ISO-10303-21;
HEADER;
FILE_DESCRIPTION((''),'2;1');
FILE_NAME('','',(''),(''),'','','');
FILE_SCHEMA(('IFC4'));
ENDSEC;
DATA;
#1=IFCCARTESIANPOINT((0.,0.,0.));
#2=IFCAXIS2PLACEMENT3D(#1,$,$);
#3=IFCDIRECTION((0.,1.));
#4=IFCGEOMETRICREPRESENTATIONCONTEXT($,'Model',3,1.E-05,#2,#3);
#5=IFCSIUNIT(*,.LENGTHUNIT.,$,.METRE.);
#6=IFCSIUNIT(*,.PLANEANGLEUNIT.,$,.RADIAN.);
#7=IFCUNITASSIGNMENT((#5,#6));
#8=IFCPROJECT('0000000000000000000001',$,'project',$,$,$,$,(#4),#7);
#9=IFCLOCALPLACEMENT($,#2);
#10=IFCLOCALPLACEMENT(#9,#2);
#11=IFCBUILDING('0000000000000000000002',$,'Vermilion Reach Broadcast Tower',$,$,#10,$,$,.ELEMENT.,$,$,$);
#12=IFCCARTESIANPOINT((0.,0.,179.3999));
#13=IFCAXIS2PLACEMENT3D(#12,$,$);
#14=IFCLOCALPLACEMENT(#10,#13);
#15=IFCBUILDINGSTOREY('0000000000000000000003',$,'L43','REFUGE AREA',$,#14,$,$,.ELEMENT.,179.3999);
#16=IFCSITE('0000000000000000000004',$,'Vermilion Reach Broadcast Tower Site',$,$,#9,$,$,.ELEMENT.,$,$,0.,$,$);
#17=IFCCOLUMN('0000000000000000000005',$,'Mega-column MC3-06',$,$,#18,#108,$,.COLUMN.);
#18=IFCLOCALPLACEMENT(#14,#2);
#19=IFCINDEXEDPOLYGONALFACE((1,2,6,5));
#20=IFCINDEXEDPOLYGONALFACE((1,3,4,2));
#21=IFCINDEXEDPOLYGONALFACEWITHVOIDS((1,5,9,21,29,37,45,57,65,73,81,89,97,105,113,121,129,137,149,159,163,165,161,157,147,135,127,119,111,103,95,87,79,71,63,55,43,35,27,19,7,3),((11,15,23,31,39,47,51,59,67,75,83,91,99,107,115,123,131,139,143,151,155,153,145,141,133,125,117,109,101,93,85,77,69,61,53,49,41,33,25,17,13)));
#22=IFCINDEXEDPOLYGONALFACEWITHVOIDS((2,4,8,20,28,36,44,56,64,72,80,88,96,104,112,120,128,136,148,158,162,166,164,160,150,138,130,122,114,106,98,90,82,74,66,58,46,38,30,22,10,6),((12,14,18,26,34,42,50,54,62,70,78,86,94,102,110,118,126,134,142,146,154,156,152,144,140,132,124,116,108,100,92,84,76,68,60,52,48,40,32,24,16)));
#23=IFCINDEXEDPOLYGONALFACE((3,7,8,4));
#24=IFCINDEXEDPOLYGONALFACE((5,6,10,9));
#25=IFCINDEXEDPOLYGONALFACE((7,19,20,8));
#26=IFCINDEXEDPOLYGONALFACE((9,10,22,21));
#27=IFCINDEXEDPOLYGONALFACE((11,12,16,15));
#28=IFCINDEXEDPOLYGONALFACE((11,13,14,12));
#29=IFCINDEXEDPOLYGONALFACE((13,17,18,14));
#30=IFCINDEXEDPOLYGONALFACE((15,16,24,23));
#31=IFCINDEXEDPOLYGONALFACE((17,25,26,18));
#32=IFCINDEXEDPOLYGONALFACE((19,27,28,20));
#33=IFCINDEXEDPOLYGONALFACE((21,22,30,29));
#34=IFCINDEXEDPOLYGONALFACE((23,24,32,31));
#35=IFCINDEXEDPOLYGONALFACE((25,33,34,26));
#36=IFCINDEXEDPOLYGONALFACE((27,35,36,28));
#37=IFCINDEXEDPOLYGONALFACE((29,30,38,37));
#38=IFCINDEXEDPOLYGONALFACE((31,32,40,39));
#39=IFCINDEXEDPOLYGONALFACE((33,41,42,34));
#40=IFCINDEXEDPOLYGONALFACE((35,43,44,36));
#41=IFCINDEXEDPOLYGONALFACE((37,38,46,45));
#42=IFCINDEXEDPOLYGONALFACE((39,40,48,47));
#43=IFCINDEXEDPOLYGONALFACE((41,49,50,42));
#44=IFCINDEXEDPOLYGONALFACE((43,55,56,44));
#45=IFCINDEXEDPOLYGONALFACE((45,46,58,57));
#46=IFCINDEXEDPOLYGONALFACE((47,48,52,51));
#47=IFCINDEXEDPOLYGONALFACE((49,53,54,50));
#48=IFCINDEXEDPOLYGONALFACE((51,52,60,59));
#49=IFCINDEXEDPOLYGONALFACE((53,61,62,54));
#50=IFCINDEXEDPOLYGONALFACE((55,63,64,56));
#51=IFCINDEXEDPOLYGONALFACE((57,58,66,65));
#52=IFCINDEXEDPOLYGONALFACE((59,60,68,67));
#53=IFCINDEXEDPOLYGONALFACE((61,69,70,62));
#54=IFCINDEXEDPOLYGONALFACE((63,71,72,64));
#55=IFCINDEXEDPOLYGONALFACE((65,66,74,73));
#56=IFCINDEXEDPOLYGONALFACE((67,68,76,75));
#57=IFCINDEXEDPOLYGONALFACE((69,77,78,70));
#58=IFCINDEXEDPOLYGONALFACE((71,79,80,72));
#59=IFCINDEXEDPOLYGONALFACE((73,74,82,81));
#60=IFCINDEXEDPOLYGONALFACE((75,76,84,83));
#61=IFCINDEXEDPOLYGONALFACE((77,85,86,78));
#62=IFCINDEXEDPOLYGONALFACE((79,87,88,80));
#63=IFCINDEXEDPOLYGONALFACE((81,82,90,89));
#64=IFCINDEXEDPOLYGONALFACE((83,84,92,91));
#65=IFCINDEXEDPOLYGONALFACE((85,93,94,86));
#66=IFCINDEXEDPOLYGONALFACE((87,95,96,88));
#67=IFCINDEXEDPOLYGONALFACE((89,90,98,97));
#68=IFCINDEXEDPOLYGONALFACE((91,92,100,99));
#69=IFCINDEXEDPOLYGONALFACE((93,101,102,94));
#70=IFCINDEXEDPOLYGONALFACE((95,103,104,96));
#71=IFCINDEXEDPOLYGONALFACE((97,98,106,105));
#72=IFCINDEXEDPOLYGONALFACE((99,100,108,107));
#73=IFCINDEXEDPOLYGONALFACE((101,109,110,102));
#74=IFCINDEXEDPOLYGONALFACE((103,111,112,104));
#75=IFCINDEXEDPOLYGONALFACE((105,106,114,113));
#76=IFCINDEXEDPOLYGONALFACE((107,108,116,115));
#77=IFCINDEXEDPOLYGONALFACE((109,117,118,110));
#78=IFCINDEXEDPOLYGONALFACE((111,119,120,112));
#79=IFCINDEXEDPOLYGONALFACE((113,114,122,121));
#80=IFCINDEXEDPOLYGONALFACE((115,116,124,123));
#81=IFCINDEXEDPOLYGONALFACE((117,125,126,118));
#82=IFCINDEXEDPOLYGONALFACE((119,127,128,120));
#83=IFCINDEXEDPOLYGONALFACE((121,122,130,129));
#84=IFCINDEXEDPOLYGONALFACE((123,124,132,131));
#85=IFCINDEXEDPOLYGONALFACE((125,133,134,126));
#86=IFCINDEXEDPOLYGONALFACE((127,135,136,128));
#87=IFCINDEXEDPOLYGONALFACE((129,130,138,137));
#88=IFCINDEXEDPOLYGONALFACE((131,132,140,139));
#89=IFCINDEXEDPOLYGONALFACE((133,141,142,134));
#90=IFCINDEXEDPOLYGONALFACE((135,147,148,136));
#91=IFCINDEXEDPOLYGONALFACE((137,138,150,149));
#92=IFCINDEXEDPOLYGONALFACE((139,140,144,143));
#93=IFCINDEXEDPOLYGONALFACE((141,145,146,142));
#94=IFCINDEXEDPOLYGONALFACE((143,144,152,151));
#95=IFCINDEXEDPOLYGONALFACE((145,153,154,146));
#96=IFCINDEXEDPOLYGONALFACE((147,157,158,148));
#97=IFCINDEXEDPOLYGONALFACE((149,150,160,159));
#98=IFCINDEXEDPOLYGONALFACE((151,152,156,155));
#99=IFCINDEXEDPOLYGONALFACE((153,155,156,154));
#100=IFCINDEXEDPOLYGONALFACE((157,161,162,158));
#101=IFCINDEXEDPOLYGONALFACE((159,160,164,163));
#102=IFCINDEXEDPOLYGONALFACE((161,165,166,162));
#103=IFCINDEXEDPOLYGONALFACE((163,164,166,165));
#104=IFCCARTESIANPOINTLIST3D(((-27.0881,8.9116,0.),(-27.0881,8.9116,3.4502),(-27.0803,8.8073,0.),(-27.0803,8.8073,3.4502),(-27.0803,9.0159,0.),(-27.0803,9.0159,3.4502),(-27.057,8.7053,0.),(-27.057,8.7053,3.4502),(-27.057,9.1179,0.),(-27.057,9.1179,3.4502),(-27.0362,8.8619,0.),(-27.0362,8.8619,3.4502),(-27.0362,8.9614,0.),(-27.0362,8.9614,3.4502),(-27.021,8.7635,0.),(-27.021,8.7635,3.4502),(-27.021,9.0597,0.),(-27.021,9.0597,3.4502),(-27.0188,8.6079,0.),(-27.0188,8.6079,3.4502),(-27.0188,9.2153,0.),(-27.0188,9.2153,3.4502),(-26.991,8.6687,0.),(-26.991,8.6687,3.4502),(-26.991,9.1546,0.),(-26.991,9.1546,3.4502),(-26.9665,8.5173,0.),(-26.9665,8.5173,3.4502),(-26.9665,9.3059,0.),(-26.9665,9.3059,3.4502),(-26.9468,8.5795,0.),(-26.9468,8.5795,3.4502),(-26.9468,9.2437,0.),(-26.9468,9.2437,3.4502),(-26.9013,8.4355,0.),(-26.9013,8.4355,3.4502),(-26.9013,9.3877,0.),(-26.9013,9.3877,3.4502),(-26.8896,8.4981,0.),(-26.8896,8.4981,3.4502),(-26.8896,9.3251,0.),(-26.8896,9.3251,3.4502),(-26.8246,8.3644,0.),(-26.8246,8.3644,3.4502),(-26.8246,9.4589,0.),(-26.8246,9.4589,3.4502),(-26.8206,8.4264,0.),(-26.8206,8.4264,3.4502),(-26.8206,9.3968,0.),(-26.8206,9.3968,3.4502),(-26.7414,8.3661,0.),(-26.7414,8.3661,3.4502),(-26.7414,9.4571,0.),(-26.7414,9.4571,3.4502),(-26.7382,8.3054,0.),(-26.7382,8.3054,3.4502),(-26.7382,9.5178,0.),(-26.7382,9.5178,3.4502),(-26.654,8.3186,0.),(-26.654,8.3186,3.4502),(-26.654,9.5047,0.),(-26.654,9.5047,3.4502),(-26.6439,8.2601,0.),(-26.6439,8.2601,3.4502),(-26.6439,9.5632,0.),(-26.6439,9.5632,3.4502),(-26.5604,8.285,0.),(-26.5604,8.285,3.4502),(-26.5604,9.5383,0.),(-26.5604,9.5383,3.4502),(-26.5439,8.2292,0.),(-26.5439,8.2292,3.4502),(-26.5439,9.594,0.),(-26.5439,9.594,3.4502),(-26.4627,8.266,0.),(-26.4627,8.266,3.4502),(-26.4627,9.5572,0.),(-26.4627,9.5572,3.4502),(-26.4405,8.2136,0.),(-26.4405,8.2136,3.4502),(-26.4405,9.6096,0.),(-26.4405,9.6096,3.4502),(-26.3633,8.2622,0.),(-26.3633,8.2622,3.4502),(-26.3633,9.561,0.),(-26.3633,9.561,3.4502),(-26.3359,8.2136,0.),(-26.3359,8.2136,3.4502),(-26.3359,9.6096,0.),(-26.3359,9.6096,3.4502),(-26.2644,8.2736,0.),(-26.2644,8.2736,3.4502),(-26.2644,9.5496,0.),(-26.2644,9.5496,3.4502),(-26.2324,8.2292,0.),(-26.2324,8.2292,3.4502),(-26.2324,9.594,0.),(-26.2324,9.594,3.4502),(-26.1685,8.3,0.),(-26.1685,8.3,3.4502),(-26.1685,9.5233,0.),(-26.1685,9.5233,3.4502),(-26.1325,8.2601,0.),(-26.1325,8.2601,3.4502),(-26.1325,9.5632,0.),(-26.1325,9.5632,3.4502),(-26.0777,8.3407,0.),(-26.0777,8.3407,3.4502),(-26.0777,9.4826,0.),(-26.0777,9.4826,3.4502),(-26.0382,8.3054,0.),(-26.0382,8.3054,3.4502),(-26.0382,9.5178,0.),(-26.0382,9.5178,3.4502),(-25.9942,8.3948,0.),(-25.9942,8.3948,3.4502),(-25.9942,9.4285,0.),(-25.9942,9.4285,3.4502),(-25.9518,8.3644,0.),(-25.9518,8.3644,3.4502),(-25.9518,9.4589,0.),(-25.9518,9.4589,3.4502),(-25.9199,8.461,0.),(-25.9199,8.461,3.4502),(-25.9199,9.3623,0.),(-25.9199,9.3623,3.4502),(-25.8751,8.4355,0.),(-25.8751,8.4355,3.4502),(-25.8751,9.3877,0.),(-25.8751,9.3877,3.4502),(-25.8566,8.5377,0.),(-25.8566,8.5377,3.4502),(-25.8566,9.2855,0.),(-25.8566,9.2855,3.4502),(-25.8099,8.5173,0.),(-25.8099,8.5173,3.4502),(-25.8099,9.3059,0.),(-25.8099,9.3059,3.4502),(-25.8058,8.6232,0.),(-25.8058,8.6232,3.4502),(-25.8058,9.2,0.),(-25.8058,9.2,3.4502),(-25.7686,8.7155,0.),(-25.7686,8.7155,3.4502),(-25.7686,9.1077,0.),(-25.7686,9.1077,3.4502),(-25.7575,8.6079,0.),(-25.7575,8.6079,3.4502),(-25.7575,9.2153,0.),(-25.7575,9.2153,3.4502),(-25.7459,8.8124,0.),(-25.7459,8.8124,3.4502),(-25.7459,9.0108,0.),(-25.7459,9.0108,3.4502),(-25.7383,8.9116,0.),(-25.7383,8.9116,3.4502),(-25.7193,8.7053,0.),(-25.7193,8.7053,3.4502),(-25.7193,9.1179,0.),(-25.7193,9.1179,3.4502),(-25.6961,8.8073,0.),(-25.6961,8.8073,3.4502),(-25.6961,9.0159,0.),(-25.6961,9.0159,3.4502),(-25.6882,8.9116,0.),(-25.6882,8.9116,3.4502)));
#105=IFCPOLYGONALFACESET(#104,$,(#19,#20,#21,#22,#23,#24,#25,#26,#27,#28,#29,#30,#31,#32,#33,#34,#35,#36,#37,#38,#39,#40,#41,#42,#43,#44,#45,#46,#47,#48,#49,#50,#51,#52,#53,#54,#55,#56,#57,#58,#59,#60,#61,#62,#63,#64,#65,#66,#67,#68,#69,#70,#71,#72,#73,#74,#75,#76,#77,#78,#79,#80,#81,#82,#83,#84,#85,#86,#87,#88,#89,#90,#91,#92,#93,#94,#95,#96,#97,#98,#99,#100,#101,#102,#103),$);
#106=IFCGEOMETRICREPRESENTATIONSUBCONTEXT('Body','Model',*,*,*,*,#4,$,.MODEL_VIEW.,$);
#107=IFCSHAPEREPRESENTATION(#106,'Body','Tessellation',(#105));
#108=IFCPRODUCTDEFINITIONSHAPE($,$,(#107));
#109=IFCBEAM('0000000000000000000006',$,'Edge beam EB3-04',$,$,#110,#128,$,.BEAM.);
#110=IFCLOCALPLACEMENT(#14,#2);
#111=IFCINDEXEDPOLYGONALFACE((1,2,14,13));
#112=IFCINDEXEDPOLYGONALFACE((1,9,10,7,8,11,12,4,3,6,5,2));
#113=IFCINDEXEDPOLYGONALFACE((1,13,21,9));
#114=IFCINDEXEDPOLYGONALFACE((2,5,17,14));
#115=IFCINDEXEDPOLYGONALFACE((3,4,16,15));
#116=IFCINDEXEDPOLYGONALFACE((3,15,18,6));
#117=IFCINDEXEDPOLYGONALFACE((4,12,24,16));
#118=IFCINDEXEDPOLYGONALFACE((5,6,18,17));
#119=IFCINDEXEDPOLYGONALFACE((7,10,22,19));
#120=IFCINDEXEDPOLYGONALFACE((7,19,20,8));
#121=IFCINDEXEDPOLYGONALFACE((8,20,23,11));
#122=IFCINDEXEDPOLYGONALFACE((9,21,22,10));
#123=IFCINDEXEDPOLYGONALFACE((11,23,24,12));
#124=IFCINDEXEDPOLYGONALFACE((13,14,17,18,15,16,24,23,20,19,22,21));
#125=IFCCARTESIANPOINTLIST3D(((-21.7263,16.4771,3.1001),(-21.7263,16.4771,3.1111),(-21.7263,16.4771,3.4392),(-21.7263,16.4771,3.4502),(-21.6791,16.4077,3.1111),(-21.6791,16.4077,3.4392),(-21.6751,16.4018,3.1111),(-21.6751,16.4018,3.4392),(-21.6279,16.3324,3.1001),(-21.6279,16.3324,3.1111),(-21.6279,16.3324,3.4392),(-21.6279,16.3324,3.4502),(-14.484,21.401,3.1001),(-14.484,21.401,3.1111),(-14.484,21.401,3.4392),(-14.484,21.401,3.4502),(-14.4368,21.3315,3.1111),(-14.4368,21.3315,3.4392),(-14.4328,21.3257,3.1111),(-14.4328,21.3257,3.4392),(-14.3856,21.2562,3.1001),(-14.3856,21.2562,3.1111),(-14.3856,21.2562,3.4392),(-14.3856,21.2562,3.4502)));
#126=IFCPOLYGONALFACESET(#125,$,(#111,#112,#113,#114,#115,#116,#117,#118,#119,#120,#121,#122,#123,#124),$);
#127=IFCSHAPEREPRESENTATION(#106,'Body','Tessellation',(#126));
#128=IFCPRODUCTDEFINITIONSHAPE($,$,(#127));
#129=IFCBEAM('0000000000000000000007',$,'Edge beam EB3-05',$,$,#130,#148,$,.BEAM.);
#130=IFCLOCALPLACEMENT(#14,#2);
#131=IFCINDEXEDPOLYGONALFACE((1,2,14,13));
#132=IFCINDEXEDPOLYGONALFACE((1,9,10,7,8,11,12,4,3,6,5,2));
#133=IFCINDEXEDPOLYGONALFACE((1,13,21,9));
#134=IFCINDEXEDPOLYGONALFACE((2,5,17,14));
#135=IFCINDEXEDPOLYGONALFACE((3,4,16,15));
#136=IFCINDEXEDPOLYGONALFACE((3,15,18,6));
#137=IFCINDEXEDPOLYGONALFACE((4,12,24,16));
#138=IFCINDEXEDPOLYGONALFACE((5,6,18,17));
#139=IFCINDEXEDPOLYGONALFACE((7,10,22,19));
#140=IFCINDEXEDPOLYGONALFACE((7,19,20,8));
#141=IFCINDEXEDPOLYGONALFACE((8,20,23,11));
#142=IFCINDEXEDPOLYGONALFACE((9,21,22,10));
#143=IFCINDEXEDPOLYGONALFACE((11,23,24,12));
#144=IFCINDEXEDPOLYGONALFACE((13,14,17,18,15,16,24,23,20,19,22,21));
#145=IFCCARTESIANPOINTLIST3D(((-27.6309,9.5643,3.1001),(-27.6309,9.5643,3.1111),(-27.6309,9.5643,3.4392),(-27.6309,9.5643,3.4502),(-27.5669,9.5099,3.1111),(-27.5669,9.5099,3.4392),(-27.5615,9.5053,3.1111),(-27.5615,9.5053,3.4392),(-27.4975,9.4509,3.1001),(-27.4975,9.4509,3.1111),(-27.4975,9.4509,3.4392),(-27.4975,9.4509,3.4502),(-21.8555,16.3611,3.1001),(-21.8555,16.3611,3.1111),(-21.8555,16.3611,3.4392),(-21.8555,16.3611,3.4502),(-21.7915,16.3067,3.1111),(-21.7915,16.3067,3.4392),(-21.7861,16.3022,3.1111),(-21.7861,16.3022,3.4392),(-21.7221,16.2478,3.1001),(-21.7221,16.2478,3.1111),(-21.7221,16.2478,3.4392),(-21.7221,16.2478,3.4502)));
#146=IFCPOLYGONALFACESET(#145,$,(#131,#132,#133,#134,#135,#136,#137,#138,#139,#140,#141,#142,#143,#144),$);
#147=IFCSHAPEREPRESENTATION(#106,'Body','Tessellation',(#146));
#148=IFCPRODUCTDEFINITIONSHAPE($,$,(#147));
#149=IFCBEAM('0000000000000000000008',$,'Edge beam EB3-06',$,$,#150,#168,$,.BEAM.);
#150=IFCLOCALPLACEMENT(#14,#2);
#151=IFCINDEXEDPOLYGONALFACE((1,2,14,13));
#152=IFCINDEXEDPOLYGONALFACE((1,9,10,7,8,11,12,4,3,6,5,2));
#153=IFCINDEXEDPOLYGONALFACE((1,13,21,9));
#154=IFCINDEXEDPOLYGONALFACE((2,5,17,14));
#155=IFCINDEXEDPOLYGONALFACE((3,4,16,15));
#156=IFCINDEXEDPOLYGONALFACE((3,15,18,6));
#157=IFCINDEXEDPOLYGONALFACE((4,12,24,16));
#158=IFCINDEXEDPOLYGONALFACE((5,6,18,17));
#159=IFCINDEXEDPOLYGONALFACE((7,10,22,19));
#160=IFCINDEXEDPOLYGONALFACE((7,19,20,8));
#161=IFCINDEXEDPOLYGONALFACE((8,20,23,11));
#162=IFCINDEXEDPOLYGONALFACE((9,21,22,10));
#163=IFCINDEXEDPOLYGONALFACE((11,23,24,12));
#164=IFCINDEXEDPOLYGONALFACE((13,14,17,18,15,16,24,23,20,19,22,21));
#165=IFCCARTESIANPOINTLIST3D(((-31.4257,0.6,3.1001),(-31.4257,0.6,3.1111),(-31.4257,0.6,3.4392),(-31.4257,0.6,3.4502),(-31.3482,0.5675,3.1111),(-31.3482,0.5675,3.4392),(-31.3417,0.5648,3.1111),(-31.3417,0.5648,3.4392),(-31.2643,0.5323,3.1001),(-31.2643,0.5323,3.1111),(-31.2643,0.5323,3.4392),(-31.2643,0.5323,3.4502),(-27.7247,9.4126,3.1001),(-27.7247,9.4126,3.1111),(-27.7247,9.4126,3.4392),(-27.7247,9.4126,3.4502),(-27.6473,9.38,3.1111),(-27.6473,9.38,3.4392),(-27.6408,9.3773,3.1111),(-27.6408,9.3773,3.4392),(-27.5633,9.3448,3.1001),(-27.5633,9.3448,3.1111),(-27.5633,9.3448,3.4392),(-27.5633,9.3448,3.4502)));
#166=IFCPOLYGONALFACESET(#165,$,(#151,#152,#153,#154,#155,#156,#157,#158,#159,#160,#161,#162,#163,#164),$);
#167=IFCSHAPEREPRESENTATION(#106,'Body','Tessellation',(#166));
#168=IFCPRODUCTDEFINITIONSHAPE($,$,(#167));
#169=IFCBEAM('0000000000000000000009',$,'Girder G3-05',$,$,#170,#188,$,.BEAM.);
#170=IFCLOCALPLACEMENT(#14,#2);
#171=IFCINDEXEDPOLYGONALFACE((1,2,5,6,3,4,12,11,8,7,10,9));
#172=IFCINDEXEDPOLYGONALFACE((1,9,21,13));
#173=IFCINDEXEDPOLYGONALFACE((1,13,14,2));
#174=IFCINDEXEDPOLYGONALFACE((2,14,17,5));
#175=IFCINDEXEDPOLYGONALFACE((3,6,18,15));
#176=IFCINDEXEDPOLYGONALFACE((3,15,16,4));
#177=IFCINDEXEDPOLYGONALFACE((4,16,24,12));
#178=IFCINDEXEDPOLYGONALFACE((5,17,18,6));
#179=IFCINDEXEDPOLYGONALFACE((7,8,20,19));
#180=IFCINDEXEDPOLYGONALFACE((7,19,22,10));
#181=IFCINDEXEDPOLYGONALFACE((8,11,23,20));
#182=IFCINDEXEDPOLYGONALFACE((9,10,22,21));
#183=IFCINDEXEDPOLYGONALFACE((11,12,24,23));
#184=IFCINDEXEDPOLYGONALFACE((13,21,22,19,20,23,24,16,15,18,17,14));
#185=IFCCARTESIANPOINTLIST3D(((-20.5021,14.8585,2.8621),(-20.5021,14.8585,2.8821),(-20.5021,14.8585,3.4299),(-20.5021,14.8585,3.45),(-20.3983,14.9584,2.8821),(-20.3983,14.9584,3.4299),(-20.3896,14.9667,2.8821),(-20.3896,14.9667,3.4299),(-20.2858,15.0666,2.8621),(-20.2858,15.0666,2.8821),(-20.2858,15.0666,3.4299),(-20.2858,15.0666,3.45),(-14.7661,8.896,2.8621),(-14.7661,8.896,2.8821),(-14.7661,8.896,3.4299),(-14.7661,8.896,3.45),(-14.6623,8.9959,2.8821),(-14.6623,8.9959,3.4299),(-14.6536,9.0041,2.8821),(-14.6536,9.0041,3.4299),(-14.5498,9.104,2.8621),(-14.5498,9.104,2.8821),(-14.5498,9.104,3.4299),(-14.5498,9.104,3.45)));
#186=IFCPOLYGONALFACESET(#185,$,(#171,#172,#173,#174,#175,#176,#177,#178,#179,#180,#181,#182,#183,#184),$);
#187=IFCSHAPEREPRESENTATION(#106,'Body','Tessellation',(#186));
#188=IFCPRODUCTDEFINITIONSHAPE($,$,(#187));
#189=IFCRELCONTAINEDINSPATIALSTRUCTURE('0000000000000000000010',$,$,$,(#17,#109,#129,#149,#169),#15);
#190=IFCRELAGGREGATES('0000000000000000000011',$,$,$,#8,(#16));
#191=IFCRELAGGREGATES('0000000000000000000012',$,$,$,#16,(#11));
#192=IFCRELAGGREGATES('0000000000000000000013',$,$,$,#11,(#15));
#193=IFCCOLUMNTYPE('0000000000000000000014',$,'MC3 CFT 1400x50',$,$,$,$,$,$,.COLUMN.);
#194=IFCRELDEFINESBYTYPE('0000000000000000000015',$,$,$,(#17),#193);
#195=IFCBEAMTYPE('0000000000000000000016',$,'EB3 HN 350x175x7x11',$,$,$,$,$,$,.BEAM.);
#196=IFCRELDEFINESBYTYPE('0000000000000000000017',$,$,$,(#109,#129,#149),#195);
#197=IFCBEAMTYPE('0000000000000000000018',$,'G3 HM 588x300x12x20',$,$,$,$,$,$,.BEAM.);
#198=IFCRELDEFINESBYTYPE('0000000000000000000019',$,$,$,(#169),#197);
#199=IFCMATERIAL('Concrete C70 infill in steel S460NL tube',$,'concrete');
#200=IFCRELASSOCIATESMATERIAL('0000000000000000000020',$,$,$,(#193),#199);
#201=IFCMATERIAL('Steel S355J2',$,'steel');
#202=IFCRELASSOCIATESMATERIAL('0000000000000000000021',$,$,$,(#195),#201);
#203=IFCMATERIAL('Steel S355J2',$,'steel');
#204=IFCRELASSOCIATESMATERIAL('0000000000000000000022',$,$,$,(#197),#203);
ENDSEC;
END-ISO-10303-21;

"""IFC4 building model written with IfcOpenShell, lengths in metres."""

from ifc_helpers import new_model, si_unit, direction, frame, origin, origin_2d, place, context, subcontext, project, spatial, hollow_circle, i_section, extrude, material, material_profile, profile_set, type_object, element, save


model = new_model("IFC4")

# Units and contexts
model_context = context("Model", 3, precision=1e-05, world=origin(), true_north=direction((0.0, 1.0)))
body_context = subcontext(model_context, "Body", "Model", "MODEL_VIEW")
ifc_project = project(units=[si_unit("LENGTHUNIT", "METRE"), si_unit("PLANEANGLEUNIT", "RADIAN")], contexts=[model_context])

# Site, building, storey
site_placement = place(None, origin())
site = spatial("IfcSite", under=ifc_project, at=site_placement, Name="Vermilion Reach Broadcast Tower Site", CompositionType="ELEMENT", RefElevation=0.0)
building_placement = place(site_placement, origin())
building = spatial("IfcBuilding", under=site, at=building_placement, Name="Vermilion Reach Broadcast Tower", CompositionType="ELEMENT")
storey_placement = place(building_placement, frame((0.0, 0.0, 179.3999)))
storey = spatial("IfcBuildingStorey", under=building, at=storey_placement, Name="L43", Description="REFUGE AREA", CompositionType="ELEMENT", Elevation=179.3999)

# Column
ifc_material_1 = material(Name="Concrete C70 infill in steel S460NL tube", Category="concrete")
ifc_material_profile_1 = material_profile(ifc_material_1, hollow_circle(Radius=0.7, WallThickness=0.05, at=origin_2d()), Name="Concrete C70 infill in steel S460NL tube CFT 1400x50")
ifc_profile_set_1 = profile_set([ifc_material_profile_1], Name="Concrete C70 infill in steel S460NL tube")
column_type = type_object("IfcColumnType", Name="MC3 CFT 1400x50", PredefinedType="COLUMN", material=ifc_profile_set_1)
for number, where, z_axis, x_axis, name in (
    (1, (-26.3882, 8.9116, 0.0), (0.0, 0.0, 1.0), (1.0, 0.0, 0.0), "Mega-column MC3-06"),
):
    element("IfcColumn", number, at=place(storey_placement, frame(where, z_axis=z_axis, x_axis=x_axis)), inside=storey, type_object=column_type, Name=name, PredefinedType="COLUMN", context=body_context, shape_type="SweptSolid", body=[
        extrude(hollow_circle(Radius=0.7, WallThickness=0.05, at=origin_2d()), origin(), (0.0, 0.0, 1.0), 3.4502),
    ])

# Beams
ifc_material_2 = material(Name="Steel S355J2", Category="steel")
ifc_material_profile_2 = material_profile(ifc_material_2, i_section(OverallWidth=0.175, OverallDepth=0.3501, WebThickness=0.0071, FlangeThickness=0.011, at=origin_2d()), Name="S355J2 HN 350x175x7x11")
ifc_profile_set_2 = profile_set([ifc_material_profile_2], Name="Steel S355J2")
beam_type_1 = type_object("IfcBeamType", Name="EB3 HN 350x175x7x11", PredefinedType="BEAM", material=ifc_profile_set_2)
beam_1_placement = place(storey_placement, frame((-14.4348, 21.3286, 3.2751), z_axis=(-0.826972, -0.562243, 0.0), x_axis=(0.562243, -0.826972, 0.0)))
element("IfcBeam", 2, at=beam_1_placement, inside=storey, type_object=beam_type_1, Name="Edge beam EB3-04", PredefinedType="BEAM", context=body_context, shape_type="SweptSolid", body=[
    extrude(i_section(OverallWidth=0.175, OverallDepth=0.3501, WebThickness=0.0071, FlangeThickness=0.011, at=origin_2d()), origin(), (0.0, 0.0, 1.0), 8.7576),
])
beam_2_placement = place(storey_placement, frame((-21.7888, 16.3044, 3.2751), z_axis=(-0.647521, -0.762047, 0.0), x_axis=(0.762047, -0.647521, 0.0)))
element("IfcBeam", 3, at=beam_2_placement, inside=storey, type_object=beam_type_1, Name="Edge beam EB3-05", PredefinedType="BEAM", context=body_context, shape_type="SweptSolid", body=[
    extrude(i_section(OverallWidth=0.175, OverallDepth=0.3501, WebThickness=0.0071, FlangeThickness=0.011, at=origin_2d()), origin(), (0.0, 0.0, 1.0), 8.9192),
])
beam_3_placement = place(storey_placement, frame((-27.644, 9.3787, 3.2751), z_axis=(-0.387204, -0.921994, 0.0), x_axis=(0.921994, -0.387204, 0.0)))
element("IfcBeam", 4, at=beam_3_placement, inside=storey, type_object=beam_type_1, Name="Edge beam EB3-06", PredefinedType="BEAM", context=body_context, shape_type="SweptSolid", body=[
    extrude(i_section(OverallWidth=0.175, OverallDepth=0.3501, WebThickness=0.0071, FlangeThickness=0.011, at=origin_2d()), origin(), (0.0, 0.0, 1.0), 9.5581),
])
ifc_material_3 = material(Name="Steel S355J2", Category="steel")
ifc_material_profile_3 = material_profile(ifc_material_3, i_section(OverallWidth=0.3, OverallDepth=0.5879, WebThickness=0.012, FlangeThickness=0.02, at=origin_2d()), Name="S355J2 HM 588x300x12x20")
ifc_profile_set_3 = profile_set([ifc_material_profile_3], Name="Steel S355J2")
beam_type_2 = type_object("IfcBeamType", Name="G3 HM 588x300x12x20", PredefinedType="BEAM", material=ifc_profile_set_3)
beam_4_placement = place(storey_placement, frame((-14.658, 9.0, 3.156), z_axis=(-0.693283, 0.720666, 0.0), x_axis=(-0.720666, -0.693283, 0.0)))
element("IfcBeam", 5, at=beam_4_placement, inside=storey, type_object=beam_type_2, Name="Girder G3-05", PredefinedType="BEAM", context=body_context, shape_type="SweptSolid", body=[
    extrude(i_section(OverallWidth=0.3, OverallDepth=0.5879, WebThickness=0.012, FlangeThickness=0.02, at=origin_2d()), origin(), (0.0, 0.0, 1.0), 8.2737),
])

save(model, "model.ifc")
